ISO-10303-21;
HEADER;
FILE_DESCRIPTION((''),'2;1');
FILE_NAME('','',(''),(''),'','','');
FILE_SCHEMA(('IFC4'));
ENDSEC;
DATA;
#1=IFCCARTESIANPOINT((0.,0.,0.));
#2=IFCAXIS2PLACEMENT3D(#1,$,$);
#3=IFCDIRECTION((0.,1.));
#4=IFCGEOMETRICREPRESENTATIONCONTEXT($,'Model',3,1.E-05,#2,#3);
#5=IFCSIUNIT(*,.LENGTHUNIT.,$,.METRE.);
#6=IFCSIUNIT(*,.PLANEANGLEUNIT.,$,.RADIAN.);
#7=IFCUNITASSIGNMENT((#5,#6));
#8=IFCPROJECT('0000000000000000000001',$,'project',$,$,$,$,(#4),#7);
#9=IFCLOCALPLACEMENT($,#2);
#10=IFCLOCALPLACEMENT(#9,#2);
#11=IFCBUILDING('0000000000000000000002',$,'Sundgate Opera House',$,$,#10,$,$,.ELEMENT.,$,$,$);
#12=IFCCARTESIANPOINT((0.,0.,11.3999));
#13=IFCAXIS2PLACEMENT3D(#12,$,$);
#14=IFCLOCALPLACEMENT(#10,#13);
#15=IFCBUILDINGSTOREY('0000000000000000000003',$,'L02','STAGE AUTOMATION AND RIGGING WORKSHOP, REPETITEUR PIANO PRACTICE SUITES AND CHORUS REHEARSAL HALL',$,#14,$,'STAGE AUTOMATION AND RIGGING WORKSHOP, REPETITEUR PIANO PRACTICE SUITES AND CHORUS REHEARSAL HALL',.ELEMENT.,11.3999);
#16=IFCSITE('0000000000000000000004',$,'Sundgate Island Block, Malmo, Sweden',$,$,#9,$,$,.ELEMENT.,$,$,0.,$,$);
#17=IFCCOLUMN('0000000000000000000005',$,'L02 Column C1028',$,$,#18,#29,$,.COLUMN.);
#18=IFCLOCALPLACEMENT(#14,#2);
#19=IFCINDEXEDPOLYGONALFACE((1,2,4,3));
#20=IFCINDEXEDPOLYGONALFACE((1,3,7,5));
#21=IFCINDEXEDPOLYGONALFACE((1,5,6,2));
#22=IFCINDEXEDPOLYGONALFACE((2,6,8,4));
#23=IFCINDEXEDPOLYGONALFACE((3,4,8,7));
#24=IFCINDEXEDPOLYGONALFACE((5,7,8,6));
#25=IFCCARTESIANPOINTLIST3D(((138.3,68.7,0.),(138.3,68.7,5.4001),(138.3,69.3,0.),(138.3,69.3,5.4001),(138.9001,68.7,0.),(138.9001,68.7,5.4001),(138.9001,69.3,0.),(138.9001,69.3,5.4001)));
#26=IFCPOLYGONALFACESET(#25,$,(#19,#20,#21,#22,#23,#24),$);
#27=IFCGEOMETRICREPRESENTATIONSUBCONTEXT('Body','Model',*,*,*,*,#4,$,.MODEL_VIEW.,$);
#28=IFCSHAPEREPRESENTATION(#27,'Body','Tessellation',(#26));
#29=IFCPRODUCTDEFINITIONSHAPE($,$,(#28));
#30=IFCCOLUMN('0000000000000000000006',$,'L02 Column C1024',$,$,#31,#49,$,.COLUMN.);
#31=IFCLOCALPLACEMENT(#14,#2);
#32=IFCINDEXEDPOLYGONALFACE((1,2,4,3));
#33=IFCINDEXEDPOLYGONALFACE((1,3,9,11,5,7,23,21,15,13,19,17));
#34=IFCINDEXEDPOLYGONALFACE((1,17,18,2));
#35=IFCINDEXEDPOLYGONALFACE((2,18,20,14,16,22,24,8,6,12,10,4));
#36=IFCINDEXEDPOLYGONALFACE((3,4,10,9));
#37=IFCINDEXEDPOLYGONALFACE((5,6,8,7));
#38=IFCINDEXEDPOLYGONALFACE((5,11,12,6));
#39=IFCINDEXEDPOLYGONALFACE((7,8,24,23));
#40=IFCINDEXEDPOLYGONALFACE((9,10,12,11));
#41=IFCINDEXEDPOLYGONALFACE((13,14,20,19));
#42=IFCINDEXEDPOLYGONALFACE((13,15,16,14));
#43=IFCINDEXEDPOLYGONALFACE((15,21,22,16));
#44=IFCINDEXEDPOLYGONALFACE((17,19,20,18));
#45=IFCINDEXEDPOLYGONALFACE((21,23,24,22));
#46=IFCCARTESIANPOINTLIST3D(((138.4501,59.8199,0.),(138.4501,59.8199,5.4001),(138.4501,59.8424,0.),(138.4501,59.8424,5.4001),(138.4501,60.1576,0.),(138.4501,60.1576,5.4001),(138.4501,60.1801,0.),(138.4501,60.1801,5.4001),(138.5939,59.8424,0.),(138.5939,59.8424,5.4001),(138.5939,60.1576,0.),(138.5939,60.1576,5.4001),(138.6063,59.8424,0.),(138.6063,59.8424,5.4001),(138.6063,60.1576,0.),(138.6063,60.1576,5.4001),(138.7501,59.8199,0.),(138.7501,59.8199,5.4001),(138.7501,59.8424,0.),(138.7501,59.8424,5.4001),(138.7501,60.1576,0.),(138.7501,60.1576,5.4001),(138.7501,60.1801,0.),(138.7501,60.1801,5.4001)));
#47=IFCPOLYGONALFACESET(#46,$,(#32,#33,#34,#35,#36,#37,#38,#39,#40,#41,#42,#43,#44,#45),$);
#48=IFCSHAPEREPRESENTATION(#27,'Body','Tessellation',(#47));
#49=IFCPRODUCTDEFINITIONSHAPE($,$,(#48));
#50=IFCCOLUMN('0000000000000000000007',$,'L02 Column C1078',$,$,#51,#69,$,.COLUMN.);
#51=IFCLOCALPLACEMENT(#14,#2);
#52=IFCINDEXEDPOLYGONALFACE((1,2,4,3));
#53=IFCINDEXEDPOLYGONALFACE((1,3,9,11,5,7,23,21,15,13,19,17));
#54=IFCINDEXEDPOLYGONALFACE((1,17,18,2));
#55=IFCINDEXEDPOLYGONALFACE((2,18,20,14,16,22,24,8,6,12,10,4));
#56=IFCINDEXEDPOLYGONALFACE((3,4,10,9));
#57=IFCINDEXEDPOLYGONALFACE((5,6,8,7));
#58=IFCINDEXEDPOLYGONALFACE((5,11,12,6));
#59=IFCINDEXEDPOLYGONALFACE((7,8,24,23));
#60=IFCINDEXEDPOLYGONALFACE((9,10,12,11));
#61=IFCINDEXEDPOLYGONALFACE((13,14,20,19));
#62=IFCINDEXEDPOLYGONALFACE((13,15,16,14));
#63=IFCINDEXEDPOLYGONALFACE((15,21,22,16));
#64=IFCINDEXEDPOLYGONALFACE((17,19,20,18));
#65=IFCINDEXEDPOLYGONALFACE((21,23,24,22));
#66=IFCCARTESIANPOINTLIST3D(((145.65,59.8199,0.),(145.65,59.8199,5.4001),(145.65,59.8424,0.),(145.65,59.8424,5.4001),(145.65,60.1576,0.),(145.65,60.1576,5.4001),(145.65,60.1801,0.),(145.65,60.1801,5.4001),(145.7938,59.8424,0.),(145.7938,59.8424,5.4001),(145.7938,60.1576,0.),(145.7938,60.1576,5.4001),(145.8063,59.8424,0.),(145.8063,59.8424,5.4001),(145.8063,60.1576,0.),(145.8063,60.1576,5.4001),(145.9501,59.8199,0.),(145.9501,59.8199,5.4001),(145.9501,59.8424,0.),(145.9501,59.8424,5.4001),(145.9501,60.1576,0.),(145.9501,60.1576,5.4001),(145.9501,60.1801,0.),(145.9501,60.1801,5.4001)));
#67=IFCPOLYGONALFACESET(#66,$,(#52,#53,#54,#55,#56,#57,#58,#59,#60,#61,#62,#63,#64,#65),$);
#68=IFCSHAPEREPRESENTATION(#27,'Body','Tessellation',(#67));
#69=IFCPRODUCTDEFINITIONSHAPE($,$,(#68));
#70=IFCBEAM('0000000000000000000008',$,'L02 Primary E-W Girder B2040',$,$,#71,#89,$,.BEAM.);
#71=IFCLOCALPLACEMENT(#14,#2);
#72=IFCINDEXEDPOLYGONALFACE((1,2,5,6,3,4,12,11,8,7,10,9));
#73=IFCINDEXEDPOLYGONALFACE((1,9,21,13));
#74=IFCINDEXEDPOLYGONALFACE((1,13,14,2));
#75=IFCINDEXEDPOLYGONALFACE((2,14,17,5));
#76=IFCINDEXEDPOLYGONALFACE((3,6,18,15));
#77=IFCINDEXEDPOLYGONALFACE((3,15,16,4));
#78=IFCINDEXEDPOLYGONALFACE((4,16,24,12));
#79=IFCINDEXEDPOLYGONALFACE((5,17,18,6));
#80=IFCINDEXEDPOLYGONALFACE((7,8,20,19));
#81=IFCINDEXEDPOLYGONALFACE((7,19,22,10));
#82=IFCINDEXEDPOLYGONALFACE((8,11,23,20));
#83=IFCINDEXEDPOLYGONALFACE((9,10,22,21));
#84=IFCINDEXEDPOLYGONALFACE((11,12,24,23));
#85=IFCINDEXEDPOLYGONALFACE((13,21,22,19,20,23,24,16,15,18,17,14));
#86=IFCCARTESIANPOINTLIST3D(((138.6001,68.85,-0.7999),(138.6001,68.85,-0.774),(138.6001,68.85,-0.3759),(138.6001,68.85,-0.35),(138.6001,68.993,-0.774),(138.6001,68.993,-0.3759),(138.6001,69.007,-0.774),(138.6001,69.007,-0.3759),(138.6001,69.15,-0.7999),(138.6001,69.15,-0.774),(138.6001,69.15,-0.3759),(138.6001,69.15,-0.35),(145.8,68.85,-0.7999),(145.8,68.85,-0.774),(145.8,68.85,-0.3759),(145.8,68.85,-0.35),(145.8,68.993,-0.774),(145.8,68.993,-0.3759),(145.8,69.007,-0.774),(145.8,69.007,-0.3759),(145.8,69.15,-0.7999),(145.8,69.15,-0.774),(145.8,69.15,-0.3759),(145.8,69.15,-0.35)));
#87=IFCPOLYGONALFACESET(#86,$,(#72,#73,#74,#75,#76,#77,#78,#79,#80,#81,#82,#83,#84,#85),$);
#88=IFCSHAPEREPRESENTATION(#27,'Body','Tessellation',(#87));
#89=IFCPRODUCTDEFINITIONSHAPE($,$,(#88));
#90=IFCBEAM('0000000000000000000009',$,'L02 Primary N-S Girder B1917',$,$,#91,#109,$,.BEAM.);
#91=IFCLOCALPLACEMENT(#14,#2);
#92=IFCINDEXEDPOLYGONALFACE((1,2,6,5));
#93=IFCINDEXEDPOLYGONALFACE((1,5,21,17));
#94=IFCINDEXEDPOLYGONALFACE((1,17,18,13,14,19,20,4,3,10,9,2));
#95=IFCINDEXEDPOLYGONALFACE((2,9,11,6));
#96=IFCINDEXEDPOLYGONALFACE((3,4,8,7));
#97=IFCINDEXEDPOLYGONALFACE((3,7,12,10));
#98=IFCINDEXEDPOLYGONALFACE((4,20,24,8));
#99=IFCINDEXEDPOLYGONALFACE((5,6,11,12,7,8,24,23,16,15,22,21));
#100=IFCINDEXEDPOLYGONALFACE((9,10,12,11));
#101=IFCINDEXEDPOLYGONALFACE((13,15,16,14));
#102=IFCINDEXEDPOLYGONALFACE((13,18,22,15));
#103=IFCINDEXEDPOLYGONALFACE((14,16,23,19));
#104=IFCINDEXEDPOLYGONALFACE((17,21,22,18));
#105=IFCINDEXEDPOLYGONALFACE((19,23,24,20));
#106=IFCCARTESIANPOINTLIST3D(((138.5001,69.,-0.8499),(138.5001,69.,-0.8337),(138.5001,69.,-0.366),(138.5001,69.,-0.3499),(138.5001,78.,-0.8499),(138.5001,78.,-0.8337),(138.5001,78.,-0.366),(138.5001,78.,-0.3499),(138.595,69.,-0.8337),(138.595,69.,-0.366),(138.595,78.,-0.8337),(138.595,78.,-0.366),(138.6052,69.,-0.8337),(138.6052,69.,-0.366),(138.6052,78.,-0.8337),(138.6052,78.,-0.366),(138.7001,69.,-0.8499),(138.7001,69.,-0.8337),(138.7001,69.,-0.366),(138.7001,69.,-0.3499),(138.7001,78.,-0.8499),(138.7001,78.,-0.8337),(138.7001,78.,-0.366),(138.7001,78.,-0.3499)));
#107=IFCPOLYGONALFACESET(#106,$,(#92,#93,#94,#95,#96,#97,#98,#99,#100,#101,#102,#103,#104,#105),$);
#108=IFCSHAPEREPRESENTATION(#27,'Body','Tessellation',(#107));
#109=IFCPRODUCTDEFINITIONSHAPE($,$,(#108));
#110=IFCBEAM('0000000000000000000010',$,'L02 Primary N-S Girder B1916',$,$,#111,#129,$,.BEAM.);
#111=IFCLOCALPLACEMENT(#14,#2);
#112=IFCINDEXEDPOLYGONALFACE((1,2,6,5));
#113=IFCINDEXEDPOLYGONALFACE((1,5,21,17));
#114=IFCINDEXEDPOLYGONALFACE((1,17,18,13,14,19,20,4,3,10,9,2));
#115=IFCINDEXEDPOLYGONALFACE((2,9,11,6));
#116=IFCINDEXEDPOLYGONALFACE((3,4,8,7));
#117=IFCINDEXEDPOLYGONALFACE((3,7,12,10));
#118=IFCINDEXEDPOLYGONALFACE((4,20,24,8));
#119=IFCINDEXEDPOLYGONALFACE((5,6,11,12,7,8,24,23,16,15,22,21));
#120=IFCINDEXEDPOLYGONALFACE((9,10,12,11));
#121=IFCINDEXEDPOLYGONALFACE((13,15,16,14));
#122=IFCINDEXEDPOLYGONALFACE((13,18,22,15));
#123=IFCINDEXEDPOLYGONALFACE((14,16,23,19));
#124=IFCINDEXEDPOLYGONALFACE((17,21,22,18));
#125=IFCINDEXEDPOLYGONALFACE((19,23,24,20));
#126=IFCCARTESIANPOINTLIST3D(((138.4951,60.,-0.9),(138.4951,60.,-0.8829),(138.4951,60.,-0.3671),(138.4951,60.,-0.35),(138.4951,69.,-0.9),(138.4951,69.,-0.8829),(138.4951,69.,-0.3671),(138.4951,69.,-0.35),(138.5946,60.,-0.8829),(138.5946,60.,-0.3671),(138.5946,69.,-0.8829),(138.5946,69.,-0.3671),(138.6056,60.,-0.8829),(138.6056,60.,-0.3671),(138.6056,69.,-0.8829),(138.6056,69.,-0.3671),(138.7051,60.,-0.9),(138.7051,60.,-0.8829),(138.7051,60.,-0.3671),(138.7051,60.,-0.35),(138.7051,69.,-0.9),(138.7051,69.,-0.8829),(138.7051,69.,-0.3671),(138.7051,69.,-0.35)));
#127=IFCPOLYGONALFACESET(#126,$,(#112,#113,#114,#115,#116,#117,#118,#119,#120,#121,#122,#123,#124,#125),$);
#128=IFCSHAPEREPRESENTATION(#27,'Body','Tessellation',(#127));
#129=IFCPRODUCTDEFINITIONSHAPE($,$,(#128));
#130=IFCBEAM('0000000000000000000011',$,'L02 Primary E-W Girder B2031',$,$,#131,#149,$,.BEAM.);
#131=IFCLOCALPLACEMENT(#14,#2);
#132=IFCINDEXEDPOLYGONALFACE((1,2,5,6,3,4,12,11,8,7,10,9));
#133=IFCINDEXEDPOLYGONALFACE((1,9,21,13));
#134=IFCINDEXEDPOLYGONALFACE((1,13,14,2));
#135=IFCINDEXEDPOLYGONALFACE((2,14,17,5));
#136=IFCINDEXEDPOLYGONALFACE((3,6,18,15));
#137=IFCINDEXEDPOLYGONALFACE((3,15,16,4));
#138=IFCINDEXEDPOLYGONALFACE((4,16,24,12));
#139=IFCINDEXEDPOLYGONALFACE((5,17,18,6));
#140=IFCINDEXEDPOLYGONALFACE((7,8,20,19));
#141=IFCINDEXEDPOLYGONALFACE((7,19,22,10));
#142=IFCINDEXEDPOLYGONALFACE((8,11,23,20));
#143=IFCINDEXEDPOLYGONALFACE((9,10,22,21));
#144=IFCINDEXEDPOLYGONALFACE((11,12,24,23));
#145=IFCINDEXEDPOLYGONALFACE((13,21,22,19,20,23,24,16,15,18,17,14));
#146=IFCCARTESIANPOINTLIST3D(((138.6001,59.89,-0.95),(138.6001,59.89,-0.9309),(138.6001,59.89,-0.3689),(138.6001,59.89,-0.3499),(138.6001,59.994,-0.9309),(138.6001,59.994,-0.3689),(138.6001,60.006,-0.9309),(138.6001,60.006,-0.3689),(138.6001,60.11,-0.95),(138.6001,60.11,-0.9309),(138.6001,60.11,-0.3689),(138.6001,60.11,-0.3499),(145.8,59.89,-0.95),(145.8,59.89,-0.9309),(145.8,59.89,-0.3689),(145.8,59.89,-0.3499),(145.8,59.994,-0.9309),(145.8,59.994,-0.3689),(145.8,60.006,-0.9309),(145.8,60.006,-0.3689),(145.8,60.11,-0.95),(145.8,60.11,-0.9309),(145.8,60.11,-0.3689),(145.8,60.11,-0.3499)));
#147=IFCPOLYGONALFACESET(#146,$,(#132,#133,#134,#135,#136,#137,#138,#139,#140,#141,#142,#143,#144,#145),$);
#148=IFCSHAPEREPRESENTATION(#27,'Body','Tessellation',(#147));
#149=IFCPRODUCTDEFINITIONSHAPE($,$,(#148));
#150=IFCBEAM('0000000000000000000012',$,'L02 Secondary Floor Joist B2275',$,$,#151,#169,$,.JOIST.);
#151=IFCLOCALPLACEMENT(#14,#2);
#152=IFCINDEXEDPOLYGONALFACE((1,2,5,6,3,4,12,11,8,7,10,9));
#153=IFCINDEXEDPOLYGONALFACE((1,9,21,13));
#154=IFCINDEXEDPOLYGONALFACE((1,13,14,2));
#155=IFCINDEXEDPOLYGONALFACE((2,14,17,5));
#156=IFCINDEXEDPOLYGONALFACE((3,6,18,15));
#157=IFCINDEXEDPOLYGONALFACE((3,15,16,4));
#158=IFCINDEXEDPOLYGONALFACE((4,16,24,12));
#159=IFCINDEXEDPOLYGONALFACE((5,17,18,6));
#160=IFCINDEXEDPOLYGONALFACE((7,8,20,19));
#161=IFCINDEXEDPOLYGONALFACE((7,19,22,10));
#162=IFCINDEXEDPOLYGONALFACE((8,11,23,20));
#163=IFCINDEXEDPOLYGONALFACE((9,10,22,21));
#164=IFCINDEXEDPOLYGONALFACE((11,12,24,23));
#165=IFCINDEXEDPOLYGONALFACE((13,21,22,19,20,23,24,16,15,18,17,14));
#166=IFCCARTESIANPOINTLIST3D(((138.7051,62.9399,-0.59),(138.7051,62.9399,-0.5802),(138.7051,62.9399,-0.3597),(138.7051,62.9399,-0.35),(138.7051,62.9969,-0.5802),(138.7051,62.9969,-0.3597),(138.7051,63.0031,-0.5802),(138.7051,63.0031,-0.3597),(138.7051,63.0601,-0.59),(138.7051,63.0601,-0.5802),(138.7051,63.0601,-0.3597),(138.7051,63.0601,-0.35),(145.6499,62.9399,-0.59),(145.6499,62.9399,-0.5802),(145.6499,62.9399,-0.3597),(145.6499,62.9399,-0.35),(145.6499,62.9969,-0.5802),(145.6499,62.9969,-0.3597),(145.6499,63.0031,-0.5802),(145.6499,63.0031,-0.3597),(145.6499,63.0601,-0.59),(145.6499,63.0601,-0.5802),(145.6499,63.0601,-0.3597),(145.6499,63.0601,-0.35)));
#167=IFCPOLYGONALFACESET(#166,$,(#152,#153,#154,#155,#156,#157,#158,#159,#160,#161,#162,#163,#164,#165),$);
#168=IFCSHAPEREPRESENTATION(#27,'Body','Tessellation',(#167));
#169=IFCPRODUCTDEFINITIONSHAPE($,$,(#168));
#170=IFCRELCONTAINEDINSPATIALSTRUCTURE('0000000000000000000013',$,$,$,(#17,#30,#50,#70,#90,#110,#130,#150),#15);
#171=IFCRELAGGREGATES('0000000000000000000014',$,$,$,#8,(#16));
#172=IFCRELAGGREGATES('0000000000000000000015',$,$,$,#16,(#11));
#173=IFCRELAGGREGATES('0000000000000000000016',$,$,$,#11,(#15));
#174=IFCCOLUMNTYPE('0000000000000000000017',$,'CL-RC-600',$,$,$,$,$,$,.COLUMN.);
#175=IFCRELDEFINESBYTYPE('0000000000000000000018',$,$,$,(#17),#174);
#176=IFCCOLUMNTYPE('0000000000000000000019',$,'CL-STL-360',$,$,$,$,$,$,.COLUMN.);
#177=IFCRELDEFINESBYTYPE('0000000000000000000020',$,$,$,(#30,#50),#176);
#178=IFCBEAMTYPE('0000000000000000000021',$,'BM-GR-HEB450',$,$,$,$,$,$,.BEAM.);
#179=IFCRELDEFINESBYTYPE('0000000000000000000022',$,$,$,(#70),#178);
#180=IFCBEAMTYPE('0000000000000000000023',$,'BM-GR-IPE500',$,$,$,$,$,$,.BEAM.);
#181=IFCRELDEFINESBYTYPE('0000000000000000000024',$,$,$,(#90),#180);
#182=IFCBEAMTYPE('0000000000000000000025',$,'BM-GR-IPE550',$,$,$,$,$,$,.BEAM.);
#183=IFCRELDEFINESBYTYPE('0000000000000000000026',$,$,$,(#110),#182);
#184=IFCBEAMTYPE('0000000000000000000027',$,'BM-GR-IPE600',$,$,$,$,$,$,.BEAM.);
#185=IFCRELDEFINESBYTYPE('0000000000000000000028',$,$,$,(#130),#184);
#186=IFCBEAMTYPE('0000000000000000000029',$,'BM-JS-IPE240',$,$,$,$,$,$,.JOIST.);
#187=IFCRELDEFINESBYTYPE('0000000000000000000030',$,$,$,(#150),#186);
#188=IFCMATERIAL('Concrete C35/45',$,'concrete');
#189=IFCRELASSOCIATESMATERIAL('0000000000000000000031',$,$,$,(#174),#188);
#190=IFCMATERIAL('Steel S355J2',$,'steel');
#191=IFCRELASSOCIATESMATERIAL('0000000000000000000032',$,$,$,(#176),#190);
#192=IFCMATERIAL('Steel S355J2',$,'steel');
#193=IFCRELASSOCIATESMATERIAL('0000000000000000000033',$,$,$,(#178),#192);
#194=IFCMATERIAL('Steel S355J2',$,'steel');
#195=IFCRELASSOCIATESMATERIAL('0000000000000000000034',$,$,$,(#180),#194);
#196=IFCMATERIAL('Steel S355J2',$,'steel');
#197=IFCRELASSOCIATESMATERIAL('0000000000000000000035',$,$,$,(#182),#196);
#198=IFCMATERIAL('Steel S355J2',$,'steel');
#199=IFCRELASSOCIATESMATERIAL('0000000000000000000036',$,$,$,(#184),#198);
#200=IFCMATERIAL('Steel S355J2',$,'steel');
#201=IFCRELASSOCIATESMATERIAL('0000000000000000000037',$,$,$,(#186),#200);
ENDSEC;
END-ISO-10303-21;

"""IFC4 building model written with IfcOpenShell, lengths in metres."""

from ifc_helpers import new_model, si_unit, direction, frame, origin, origin_2d, place, context, subcontext, project, spatial, rectangle, i_section, extrude, material, material_profile, profile_set, type_object, element, save


model = new_model("IFC4")

# Units and contexts
model_context = context("Model", 3, precision=1e-05, world=origin(), true_north=direction((0.0, 1.0)))
body_context = subcontext(model_context, "Body", "Model", "MODEL_VIEW")
ifc_project = project(units=[si_unit("LENGTHUNIT", "METRE"), si_unit("PLANEANGLEUNIT", "RADIAN")], contexts=[model_context])

# Site, building, storey
site_placement = place(None, origin())
site = spatial("IfcSite", under=ifc_project, at=site_placement, Name="Sundgate Island Block, Malmo, Sweden", CompositionType="ELEMENT", RefElevation=0.0)
building_placement = place(site_placement, origin())
building = spatial("IfcBuilding", under=site, at=building_placement, Name="Sundgate Opera House", CompositionType="ELEMENT")
storey_placement = place(building_placement, frame((0.0, 0.0, 11.3999)))
storey = spatial("IfcBuildingStorey", under=building, at=storey_placement, Name="L02", Description="STAGE AUTOMATION AND RIGGING WORKSHOP, REPETITEUR PIANO PRACTICE SUITES AND CHORUS REHEARSAL HALL", LongName="STAGE AUTOMATION AND RIGGING WORKSHOP, REPETITEUR PIANO PRACTICE SUITES AND CHORUS REHEARSAL HALL", CompositionType="ELEMENT", Elevation=11.3999)

# Columns
ifc_material_1 = material(Name="Concrete C35/45", Category="concrete")
ifc_material_profile_1 = material_profile(ifc_material_1, rectangle(XDim=0.6001, YDim=0.6001, at=origin_2d()), Name="RC 600x600")
ifc_profile_set_1 = profile_set([ifc_material_profile_1], Name="Concrete C35/45")
column_type_1 = type_object("IfcColumnType", Name="CL-RC-600", PredefinedType="COLUMN", material=ifc_profile_set_1)
column_placement = place(storey_placement, frame((138.6001, 69.0, 0.0), z_axis=(0.0, 0.0, 1.0), x_axis=(1.0, 0.0, 0.0)))
element("IfcColumn", 1, at=column_placement, inside=storey, type_object=column_type_1, Name="L02 Column C1028", PredefinedType="COLUMN", context=body_context, shape_type="SweptSolid", body=[
    extrude(rectangle(XDim=0.6001, YDim=0.6001, at=origin_2d()), origin(), (0.0, 0.0, 1.0), 5.4001),
])
ifc_material_2 = material(Name="Steel S355J2", Category="steel")
ifc_material_profile_2 = material_profile(ifc_material_2, i_section(OverallWidth=0.3, OverallDepth=0.3601, WebThickness=0.0125, FlangeThickness=0.0225, at=origin_2d()), Name="HEB 360")
ifc_profile_set_2 = profile_set([ifc_material_profile_2], Name="Steel S355J2")
column_type_2 = type_object("IfcColumnType", Name="CL-STL-360", PredefinedType="COLUMN", material=ifc_profile_set_2)
for number, where, z_axis, x_axis, name in (
    (2, (138.6001, 60.0, 0.0), (0.0, 0.0, 1.0), (1.0, 0.0, 0.0), "L02 Column C1024"),
    (3, (145.8, 60.0, 0.0), (0.0, 0.0, 1.0), (1.0, 0.0, 0.0), "L02 Column C1078"),
):
    element("IfcColumn", number, at=place(storey_placement, frame(where, z_axis=z_axis, x_axis=x_axis)), inside=storey, type_object=column_type_2, Name=name, PredefinedType="COLUMN", context=body_context, shape_type="SweptSolid", body=[
        extrude(i_section(OverallWidth=0.3, OverallDepth=0.3601, WebThickness=0.0125, FlangeThickness=0.0225, at=origin_2d()), origin(), (0.0, 0.0, 1.0), 5.4001),
    ])

# Beams
ifc_material_3 = material(Name="Steel S355J2", Category="steel")
ifc_material_profile_3 = material_profile(ifc_material_3, i_section(OverallWidth=0.3, OverallDepth=0.45, WebThickness=0.0139, FlangeThickness=0.0259, at=origin_2d()), Name="HEB 450")
ifc_profile_set_3 = profile_set([ifc_material_profile_3], Name="Steel S355J2")
beam_type_1 = type_object("IfcBeamType", Name="BM-GR-HEB450", PredefinedType="BEAM", material=ifc_profile_set_3)
beam_1_placement = place(storey_placement, frame((138.6001, 69.0, -0.575), z_axis=(1.0, 0.0, 0.0), x_axis=(0.0, 1.0, 0.0)))
element("IfcBeam", 4, at=beam_1_placement, inside=storey, type_object=beam_type_1, Name="L02 Primary E-W Girder B2040", PredefinedType="BEAM", context=body_context, shape_type="SweptSolid", body=[
    extrude(i_section(OverallWidth=0.3, OverallDepth=0.45, WebThickness=0.0139, FlangeThickness=0.0259, at=origin_2d()), origin(), (0.0, 0.0, 1.0), 7.2),
])
ifc_material_4 = material(Name="Steel S355J2", Category="steel")
ifc_material_profile_4 = material_profile(ifc_material_4, i_section(OverallWidth=0.2, OverallDepth=0.5, WebThickness=0.0103, FlangeThickness=0.0161, at=origin_2d()), Name="IPE 500")
ifc_profile_set_4 = profile_set([ifc_material_profile_4], Name="Steel S355J2")
beam_type_2 = type_object("IfcBeamType", Name="BM-GR-IPE500", PredefinedType="BEAM", material=ifc_profile_set_4)
beam_2_placement = place(storey_placement, frame((138.6001, 69.0, -0.5999), z_axis=(0.0, 1.0, 0.0), x_axis=(-1.0, 0.0, 0.0)))
element("IfcBeam", 5, at=beam_2_placement, inside=storey, type_object=beam_type_2, Name="L02 Primary N-S Girder B1917", PredefinedType="BEAM", context=body_context, shape_type="SweptSolid", body=[
    extrude(i_section(OverallWidth=0.2, OverallDepth=0.5, WebThickness=0.0103, FlangeThickness=0.0161, at=origin_2d()), origin(), (0.0, 0.0, 1.0), 9.0),
])
ifc_material_5 = material(Name="Steel S355J2", Category="steel")
ifc_material_profile_5 = material_profile(ifc_material_5, i_section(OverallWidth=0.21, OverallDepth=0.55, WebThickness=0.011, FlangeThickness=0.0171, at=origin_2d()), Name="IPE 550")
ifc_profile_set_5 = profile_set([ifc_material_profile_5], Name="Steel S355J2")
beam_type_3 = type_object("IfcBeamType", Name="BM-GR-IPE550", PredefinedType="BEAM", material=ifc_profile_set_5)
beam_3_placement = place(storey_placement, frame((138.6001, 60.0, -0.625), z_axis=(0.0, 1.0, 0.0), x_axis=(-1.0, 0.0, 0.0)))
element("IfcBeam", 6, at=beam_3_placement, inside=storey, type_object=beam_type_3, Name="L02 Primary N-S Girder B1916", PredefinedType="BEAM", context=body_context, shape_type="SweptSolid", body=[
    extrude(i_section(OverallWidth=0.21, OverallDepth=0.55, WebThickness=0.011, FlangeThickness=0.0171, at=origin_2d()), origin(), (0.0, 0.0, 1.0), 9.0),
])
ifc_material_6 = material(Name="Steel S355J2", Category="steel")
ifc_material_profile_6 = material_profile(ifc_material_6, i_section(OverallWidth=0.22, OverallDepth=0.6001, WebThickness=0.012, FlangeThickness=0.019, at=origin_2d()), Name="IPE 600")
ifc_profile_set_6 = profile_set([ifc_material_profile_6], Name="Steel S355J2")
beam_type_4 = type_object("IfcBeamType", Name="BM-GR-IPE600", PredefinedType="BEAM", material=ifc_profile_set_6)
beam_4_placement = place(storey_placement, frame((138.6001, 60.0, -0.6499), z_axis=(1.0, 0.0, 0.0), x_axis=(0.0, 1.0, 0.0)))
element("IfcBeam", 7, at=beam_4_placement, inside=storey, type_object=beam_type_4, Name="L02 Primary E-W Girder B2031", PredefinedType="BEAM", context=body_context, shape_type="SweptSolid", body=[
    extrude(i_section(OverallWidth=0.22, OverallDepth=0.6001, WebThickness=0.012, FlangeThickness=0.019, at=origin_2d()), origin(), (0.0, 0.0, 1.0), 7.2),
])
ifc_material_7 = material(Name="Steel S355J2", Category="steel")
ifc_material_profile_7 = material_profile(ifc_material_7, i_section(OverallWidth=0.1201, OverallDepth=0.24, WebThickness=0.0061, FlangeThickness=0.0098, at=origin_2d()), Name="IPE 240")
ifc_profile_set_7 = profile_set([ifc_material_profile_7], Name="Steel S355J2")
beam_type_5 = type_object("IfcBeamType", Name="BM-JS-IPE240", PredefinedType="JOIST", material=ifc_profile_set_7)
beam_5_placement = place(storey_placement, frame((138.7051, 63.0, -0.47), z_axis=(1.0, 0.0, 0.0), x_axis=(0.0, 1.0, 0.0)))
element("IfcBeam", 8, at=beam_5_placement, inside=storey, type_object=beam_type_5, Name="L02 Secondary Floor Joist B2275", PredefinedType="JOIST", context=body_context, shape_type="SweptSolid", body=[
    extrude(i_section(OverallWidth=0.1201, OverallDepth=0.24, WebThickness=0.0061, FlangeThickness=0.0098, at=origin_2d()), origin(), (0.0, 0.0, 1.0), 6.9448),
])

save(model, "model.ifc")
